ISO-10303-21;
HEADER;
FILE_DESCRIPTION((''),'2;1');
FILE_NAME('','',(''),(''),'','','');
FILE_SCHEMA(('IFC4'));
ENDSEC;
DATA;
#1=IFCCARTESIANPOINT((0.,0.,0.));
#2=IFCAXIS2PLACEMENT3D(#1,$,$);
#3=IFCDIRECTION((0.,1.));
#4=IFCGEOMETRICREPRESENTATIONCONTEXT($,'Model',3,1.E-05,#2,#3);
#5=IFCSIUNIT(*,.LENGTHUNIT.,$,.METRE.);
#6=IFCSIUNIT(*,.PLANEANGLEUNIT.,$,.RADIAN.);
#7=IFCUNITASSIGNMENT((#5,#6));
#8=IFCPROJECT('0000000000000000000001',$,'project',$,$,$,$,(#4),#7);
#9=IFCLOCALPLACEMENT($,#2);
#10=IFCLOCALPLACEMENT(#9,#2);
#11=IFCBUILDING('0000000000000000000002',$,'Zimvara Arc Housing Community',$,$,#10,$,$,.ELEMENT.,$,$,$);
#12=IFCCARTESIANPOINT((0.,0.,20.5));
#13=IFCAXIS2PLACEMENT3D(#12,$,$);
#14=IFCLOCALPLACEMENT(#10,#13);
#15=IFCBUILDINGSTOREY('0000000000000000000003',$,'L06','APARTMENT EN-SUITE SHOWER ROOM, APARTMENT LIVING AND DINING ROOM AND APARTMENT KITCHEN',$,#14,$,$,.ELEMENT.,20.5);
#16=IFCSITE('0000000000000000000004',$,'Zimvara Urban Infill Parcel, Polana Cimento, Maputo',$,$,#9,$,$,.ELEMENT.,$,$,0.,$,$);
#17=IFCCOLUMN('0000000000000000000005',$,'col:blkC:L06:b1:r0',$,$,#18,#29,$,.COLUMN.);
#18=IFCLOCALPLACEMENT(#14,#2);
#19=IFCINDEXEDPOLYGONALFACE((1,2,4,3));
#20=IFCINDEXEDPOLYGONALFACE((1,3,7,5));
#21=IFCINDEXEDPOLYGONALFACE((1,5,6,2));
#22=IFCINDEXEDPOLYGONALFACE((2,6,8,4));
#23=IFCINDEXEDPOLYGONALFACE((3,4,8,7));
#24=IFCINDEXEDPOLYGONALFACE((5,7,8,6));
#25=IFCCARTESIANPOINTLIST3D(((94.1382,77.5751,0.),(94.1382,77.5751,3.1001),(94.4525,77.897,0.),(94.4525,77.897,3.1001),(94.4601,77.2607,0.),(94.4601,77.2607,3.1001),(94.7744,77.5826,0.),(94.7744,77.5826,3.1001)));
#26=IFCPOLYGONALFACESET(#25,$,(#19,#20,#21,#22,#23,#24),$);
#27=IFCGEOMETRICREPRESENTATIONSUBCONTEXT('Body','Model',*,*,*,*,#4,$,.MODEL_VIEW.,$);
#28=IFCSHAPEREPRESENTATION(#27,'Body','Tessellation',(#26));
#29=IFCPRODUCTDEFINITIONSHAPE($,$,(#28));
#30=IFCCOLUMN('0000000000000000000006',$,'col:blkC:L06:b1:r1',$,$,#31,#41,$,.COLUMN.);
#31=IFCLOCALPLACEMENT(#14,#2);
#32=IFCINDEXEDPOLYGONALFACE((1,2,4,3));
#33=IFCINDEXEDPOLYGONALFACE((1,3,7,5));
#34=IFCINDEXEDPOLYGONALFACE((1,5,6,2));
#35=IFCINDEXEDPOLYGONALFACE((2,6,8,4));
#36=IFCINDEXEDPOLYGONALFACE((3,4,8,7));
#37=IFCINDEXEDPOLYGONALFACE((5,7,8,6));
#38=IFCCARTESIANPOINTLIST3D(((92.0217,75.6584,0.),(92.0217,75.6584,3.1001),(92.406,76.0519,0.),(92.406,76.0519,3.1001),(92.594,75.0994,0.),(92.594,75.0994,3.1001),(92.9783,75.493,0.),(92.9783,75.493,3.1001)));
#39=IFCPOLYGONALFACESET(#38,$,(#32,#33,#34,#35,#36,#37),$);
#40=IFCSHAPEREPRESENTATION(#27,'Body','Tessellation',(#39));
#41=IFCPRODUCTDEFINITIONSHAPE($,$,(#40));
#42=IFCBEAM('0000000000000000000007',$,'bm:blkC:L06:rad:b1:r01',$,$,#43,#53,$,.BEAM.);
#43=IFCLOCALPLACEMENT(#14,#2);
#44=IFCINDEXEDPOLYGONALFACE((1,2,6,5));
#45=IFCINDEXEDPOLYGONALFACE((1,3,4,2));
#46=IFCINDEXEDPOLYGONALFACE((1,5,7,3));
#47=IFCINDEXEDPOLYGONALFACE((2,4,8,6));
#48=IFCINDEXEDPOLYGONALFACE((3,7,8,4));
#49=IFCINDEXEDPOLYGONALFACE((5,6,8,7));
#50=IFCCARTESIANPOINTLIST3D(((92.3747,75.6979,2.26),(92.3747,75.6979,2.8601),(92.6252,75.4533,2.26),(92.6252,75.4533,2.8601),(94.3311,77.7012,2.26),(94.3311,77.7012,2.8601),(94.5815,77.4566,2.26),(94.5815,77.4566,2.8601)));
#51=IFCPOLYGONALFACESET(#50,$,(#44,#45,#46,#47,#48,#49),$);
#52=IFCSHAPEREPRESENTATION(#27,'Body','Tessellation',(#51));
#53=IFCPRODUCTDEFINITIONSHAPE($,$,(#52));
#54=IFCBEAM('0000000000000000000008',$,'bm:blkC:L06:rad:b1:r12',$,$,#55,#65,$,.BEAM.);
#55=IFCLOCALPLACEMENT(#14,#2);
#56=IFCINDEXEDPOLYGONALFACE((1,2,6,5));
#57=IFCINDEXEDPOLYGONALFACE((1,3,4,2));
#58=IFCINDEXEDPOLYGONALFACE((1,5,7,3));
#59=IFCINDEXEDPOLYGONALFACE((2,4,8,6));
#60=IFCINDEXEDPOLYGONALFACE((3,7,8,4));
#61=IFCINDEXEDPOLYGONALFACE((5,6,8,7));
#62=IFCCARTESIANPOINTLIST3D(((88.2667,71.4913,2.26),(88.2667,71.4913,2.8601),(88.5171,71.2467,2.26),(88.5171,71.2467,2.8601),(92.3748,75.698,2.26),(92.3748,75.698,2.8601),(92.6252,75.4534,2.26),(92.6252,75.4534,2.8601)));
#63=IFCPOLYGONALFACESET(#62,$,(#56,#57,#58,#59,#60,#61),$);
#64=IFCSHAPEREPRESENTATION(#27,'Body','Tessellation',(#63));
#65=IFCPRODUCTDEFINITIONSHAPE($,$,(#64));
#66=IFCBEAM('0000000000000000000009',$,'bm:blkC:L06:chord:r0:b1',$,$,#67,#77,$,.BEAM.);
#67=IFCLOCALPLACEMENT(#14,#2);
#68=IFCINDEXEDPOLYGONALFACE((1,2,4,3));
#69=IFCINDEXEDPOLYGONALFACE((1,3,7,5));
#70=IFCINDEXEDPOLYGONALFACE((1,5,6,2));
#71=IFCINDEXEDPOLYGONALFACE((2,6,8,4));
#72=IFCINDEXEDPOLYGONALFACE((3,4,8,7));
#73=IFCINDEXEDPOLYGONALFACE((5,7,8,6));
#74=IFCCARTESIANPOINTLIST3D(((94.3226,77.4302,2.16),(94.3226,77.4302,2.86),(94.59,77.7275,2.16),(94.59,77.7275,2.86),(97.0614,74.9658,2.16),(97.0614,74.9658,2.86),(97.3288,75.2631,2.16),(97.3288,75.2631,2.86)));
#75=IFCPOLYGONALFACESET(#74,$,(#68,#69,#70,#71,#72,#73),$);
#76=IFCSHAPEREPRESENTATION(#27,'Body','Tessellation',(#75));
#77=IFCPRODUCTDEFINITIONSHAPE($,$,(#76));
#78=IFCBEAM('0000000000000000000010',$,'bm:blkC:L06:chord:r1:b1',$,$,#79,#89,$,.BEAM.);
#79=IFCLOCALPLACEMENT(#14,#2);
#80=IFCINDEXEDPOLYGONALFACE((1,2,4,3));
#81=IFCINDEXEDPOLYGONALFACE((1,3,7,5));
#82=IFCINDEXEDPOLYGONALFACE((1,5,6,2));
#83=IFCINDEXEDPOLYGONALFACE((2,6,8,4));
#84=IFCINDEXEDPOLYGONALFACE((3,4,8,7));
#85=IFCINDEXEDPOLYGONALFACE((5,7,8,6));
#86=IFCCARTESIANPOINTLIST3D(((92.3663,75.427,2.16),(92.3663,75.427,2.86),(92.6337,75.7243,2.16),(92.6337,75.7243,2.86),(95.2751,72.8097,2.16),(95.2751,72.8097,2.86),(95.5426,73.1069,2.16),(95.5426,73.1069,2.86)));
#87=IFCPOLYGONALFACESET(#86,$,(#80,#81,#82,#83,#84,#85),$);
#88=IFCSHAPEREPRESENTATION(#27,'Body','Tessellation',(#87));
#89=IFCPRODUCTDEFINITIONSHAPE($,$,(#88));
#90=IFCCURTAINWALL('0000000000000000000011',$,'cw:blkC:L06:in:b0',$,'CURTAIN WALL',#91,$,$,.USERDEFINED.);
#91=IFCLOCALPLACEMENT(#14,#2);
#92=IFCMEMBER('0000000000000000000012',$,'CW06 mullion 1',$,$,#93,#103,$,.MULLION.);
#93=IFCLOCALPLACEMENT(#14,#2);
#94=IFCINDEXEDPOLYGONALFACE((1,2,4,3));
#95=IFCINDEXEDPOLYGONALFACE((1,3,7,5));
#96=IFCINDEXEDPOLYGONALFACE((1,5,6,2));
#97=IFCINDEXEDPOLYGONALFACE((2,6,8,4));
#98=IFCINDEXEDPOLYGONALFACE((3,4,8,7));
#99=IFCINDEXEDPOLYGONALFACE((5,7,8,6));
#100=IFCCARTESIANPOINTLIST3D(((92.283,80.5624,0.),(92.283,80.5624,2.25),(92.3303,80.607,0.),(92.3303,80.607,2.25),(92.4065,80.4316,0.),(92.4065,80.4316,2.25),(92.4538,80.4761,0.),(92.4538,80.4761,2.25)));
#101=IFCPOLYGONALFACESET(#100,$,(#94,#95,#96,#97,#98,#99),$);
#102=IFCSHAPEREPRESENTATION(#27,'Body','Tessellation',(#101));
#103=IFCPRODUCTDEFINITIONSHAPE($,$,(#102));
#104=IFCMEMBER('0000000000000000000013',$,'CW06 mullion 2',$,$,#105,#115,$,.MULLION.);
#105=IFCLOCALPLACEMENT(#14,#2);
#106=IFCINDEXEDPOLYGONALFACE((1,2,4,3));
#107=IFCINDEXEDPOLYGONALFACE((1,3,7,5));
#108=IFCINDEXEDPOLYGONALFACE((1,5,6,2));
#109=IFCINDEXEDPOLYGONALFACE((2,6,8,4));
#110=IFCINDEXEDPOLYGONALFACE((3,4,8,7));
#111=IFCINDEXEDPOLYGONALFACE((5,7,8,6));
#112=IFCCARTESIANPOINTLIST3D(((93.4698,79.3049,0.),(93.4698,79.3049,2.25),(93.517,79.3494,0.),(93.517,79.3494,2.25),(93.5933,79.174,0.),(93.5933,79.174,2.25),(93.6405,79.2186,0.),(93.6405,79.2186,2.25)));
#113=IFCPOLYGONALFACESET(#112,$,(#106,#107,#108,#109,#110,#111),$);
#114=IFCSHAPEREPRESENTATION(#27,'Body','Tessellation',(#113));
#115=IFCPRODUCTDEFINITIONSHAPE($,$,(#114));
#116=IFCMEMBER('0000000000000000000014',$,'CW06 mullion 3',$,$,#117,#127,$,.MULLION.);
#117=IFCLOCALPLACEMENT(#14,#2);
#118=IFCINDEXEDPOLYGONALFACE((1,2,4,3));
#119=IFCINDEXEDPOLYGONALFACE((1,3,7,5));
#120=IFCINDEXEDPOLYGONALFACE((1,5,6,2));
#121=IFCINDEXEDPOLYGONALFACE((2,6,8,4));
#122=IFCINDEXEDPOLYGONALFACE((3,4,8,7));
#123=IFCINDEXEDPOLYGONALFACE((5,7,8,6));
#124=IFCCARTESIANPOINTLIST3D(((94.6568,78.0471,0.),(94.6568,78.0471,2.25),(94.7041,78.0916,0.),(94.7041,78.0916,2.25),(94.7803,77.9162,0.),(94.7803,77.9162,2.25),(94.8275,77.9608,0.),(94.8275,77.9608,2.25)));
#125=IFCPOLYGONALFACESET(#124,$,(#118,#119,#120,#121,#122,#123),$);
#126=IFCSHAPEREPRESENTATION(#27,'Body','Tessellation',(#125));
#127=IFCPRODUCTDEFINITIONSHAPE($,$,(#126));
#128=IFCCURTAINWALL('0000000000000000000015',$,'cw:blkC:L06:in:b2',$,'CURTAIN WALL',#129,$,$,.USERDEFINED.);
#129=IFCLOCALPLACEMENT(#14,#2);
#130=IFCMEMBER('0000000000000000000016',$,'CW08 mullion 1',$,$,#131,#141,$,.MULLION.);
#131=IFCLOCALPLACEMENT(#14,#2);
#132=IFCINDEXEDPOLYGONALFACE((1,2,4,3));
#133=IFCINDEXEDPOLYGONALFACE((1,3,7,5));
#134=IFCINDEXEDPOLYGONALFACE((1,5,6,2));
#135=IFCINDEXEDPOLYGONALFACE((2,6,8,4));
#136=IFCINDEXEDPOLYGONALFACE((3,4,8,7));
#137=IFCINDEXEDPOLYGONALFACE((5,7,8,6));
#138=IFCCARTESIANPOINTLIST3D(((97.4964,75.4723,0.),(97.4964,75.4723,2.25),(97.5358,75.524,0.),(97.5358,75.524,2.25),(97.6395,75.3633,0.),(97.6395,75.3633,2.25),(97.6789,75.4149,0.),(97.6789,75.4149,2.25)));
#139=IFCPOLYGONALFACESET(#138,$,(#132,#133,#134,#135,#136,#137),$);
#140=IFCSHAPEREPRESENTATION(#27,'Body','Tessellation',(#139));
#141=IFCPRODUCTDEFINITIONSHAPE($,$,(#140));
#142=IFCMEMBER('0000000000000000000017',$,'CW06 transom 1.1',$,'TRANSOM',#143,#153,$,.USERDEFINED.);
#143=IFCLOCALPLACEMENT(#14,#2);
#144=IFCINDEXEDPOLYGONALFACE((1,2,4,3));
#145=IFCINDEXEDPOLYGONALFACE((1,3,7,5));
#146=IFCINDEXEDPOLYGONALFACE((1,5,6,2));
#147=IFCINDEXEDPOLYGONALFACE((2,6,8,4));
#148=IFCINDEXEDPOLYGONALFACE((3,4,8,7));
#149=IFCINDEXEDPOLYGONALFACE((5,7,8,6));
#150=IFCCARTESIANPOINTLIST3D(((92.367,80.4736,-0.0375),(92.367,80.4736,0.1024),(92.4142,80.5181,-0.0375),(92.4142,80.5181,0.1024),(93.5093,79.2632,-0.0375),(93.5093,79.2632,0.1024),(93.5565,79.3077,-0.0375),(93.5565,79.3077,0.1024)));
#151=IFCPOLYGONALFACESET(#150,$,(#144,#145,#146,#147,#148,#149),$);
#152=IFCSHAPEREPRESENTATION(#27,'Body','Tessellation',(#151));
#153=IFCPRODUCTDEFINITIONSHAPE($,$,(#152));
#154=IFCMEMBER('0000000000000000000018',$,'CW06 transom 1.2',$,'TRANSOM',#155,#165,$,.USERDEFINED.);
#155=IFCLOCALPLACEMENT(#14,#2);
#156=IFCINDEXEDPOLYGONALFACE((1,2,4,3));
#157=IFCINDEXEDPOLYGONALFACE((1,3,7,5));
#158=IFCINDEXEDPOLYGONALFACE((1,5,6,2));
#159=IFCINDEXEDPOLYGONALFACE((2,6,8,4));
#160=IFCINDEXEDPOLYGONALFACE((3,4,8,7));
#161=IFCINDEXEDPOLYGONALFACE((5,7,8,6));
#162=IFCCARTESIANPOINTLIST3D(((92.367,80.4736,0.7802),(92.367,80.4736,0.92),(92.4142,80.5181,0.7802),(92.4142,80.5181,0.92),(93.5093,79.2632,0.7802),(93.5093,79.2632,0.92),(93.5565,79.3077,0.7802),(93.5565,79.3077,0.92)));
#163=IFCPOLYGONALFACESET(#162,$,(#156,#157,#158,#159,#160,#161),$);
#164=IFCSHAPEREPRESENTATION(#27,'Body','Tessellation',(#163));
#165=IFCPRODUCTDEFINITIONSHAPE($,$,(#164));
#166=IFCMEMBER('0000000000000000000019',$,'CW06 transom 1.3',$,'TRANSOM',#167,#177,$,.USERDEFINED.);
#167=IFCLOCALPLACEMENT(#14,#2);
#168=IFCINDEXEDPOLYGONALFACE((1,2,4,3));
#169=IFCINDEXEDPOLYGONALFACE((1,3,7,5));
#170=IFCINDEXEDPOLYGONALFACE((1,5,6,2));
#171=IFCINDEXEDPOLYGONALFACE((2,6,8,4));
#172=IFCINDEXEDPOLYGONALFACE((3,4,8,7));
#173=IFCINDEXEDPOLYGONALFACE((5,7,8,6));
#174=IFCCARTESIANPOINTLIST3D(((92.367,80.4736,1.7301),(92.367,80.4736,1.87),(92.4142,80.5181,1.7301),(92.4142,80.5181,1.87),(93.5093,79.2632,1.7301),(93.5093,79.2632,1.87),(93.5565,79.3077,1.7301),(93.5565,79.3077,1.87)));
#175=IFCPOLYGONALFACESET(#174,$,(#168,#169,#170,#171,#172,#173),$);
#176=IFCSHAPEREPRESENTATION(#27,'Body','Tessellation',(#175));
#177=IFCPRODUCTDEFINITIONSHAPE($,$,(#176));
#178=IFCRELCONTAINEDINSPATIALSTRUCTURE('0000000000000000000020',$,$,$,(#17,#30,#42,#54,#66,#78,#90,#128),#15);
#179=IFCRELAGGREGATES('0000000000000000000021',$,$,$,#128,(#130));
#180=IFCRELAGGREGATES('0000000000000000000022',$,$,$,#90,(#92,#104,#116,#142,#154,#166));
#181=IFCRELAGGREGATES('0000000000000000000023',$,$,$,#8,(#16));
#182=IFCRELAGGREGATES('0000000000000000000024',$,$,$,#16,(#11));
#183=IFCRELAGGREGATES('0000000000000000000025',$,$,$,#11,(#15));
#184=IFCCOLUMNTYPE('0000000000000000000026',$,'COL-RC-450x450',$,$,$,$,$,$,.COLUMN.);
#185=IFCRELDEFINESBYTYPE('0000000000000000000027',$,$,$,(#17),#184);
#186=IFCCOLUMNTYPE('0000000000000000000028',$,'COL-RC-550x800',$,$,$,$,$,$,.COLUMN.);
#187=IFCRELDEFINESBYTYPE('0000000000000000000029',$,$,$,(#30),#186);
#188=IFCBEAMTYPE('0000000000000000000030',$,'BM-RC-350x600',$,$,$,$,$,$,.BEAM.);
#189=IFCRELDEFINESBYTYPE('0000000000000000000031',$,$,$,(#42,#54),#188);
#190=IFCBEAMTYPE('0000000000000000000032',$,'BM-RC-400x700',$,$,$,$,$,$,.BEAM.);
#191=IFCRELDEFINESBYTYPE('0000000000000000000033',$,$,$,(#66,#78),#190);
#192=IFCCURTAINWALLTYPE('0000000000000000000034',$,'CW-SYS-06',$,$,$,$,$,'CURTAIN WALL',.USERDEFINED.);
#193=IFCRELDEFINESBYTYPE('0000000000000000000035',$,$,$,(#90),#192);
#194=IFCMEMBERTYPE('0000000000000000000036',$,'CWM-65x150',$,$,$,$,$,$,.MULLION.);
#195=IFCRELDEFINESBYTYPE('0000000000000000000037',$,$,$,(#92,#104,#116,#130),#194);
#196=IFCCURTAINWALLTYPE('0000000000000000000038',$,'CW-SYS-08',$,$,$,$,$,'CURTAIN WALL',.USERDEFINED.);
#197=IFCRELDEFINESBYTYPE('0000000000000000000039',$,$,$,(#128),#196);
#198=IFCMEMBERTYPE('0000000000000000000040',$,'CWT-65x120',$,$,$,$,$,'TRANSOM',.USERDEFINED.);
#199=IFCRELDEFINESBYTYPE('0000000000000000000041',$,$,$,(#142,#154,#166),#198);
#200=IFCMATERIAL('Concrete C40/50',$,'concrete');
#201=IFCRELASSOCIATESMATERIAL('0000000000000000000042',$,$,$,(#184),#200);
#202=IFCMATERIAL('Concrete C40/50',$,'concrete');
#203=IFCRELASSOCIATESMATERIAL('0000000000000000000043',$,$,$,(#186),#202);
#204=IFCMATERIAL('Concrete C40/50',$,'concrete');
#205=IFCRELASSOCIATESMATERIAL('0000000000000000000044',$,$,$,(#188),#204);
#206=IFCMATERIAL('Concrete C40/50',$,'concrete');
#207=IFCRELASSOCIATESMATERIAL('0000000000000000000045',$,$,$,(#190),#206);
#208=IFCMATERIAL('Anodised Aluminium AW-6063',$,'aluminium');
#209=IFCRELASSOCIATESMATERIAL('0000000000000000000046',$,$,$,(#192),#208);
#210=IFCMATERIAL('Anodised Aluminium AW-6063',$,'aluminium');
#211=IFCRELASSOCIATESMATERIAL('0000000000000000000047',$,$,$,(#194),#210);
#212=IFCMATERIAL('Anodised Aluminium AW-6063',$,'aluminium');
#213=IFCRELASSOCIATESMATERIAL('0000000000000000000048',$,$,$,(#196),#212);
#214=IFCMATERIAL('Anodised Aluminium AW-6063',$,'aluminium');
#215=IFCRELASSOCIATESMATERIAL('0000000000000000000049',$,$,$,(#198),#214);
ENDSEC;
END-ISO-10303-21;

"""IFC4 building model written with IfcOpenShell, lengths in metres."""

from ifc_helpers import new_model, si_unit, direction, frame, origin, origin_2d, place, context, subcontext, project, spatial, rectangle, extrude, material, material_profile, profile_set, type_object, element, aggregate, save


model = new_model("IFC4")

# Units and contexts
model_context = context("Model", 3, precision=1e-05, world=origin(), true_north=direction((0.0, 1.0)))
body_context = subcontext(model_context, "Body", "Model", "MODEL_VIEW")
ifc_project = project(units=[si_unit("LENGTHUNIT", "METRE"), si_unit("PLANEANGLEUNIT", "RADIAN")], contexts=[model_context])

# Site, building, storey
site_placement = place(None, origin())
site = spatial("IfcSite", under=ifc_project, at=site_placement, Name="Zimvara Urban Infill Parcel, Polana Cimento, Maputo", CompositionType="ELEMENT", RefElevation=0.0)
building_placement = place(site_placement, origin())
building = spatial("IfcBuilding", under=site, at=building_placement, Name="Zimvara Arc Housing Community", CompositionType="ELEMENT")
storey_placement = place(building_placement, frame((0.0, 0.0, 20.5)))
storey = spatial("IfcBuildingStorey", under=building, at=storey_placement, Name="L06", Description="APARTMENT EN-SUITE SHOWER ROOM, APARTMENT LIVING AND DINING ROOM AND APARTMENT KITCHEN", CompositionType="ELEMENT", Elevation=20.5)

# Columns
ifc_material_1 = material(Name="Concrete C40/50", Category="concrete")
ifc_material_profile_1 = material_profile(ifc_material_1, rectangle(XDim=0.45, YDim=0.45, at=origin_2d()), Name="RC 450x450")
ifc_profile_set_1 = profile_set([ifc_material_profile_1], Name="Concrete C40/50")
column_type_1 = type_object("IfcColumnType", Name="COL-RC-450x450", PredefinedType="COLUMN", material=ifc_profile_set_1)
column_1_placement = place(storey_placement, frame((94.4563, 77.5789, 0.0), z_axis=(0.0, 0.0, 1.0), x_axis=(-0.698665, -0.715449, 0.0)))
element("IfcColumn", 1, at=column_1_placement, inside=storey, type_object=column_type_1, Name="col:blkC:L06:b1:r0", PredefinedType="COLUMN", context=body_context, shape_type="SweptSolid", body=[
    extrude(rectangle(XDim=0.45, YDim=0.45, at=origin_2d()), origin(), (0.0, 0.0, 1.0), 3.1001),
])
ifc_material_2 = material(Name="Concrete C40/50", Category="concrete")
ifc_material_profile_2 = material_profile(ifc_material_2, rectangle(XDim=0.55, YDim=0.8, at=origin_2d()), Name="RC 550x800")
ifc_profile_set_2 = profile_set([ifc_material_profile_2], Name="Concrete C40/50")
column_type_2 = type_object("IfcColumnType", Name="COL-RC-550x800", PredefinedType="COLUMN", material=ifc_profile_set_2)
column_2_placement = place(storey_placement, frame((92.5, 75.5757, 0.0), z_axis=(0.0, 0.0, 1.0), x_axis=(-0.698665, -0.715449, 0.0)))
element("IfcColumn", 2, at=column_2_placement, inside=storey, type_object=column_type_2, Name="col:blkC:L06:b1:r1", PredefinedType="COLUMN", context=body_context, shape_type="SweptSolid", body=[
    extrude(rectangle(XDim=0.55, YDim=0.8, at=origin_2d()), origin(), (0.0, 0.0, 1.0), 3.1001),
])

# Beams
ifc_material_3 = material(Name="Concrete C40/50", Category="concrete")
ifc_material_profile_3 = material_profile(ifc_material_3, rectangle(XDim=0.3501, YDim=0.6001, at=origin_2d()), Name="RC 350x600")
ifc_profile_set_3 = profile_set([ifc_material_profile_3], Name="Concrete C40/50")
beam_type_1 = type_object("IfcBeamType", Name="BM-RC-350x600", PredefinedType="BEAM", material=ifc_profile_set_3)
beam_1_placement = place(storey_placement, frame((94.4563, 77.5789, 2.5601), z_axis=(-0.698687, -0.715428, 0.0), x_axis=(0.715428, -0.698687, 0.0)))
element("IfcBeam", 3, at=beam_1_placement, inside=storey, type_object=beam_type_1, Name="bm:blkC:L06:rad:b1:r01", PredefinedType="BEAM", context=body_context, shape_type="SweptSolid", body=[
    extrude(rectangle(XDim=0.3501, YDim=0.6001, at=origin_2d()), origin(), (0.0, 0.0, 1.0), 2.8),
])
beam_2_placement = place(storey_placement, frame((92.5, 75.5757, 2.5601), z_axis=(-0.69867, -0.715444, 0.0), x_axis=(0.715444, -0.69867, 0.0)))
element("IfcBeam", 4, at=beam_2_placement, inside=storey, type_object=beam_type_1, Name="bm:blkC:L06:rad:b1:r12", PredefinedType="BEAM", context=body_context, shape_type="SweptSolid", body=[
    extrude(rectangle(XDim=0.3501, YDim=0.6001, at=origin_2d()), origin(), (0.0, 0.0, 1.0), 5.8799),
])
ifc_material_4 = material(Name="Concrete C40/50", Category="concrete")
ifc_material_profile_4 = material_profile(ifc_material_4, rectangle(XDim=0.3999, YDim=0.7, at=origin_2d()), Name="RC 400x700")
ifc_profile_set_4 = profile_set([ifc_material_profile_4], Name="Concrete C40/50")
beam_type_2 = type_object("IfcBeamType", Name="BM-RC-400x700", PredefinedType="BEAM", material=ifc_profile_set_4)
beam_3_placement = place(storey_placement, frame((94.4563, 77.5789, 2.51), z_axis=(0.743367, -0.668884, 0.0), x_axis=(0.668884, 0.743367, 0.0)))
element("IfcBeam", 5, at=beam_3_placement, inside=storey, type_object=beam_type_2, Name="bm:blkC:L06:chord:r0:b1", PredefinedType="BEAM", context=body_context, shape_type="SweptSolid", body=[
    extrude(rectangle(XDim=0.3999, YDim=0.7, at=origin_2d()), origin(), (0.0, 0.0, 1.0), 3.6843),
])
beam_4_placement = place(storey_placement, frame((92.5, 75.5757, 2.51), z_axis=(0.743372, -0.668879, 0.0), x_axis=(0.668879, 0.743372, 0.0)))
element("IfcBeam", 6, at=beam_4_placement, inside=storey, type_object=beam_type_2, Name="bm:blkC:L06:chord:r1:b1", PredefinedType="BEAM", context=body_context, shape_type="SweptSolid", body=[
    extrude(rectangle(XDim=0.3999, YDim=0.7, at=origin_2d()), origin(), (0.0, 0.0, 1.0), 3.9131),
])

# Curtain wall, members
ifc_material_5 = material(Name="Anodised Aluminium AW-6063", Category="aluminium")
curtain_wall_type_1 = type_object("IfcCurtainWallType", Name="CW-SYS-06", ElementType="CURTAIN WALL", PredefinedType="USERDEFINED", material=ifc_material_5)
curtain_wall_1_placement = place(storey_placement, origin())
curtain_wall_1 = element("IfcCurtainWall", 7, at=curtain_wall_1_placement, inside=storey, type_object=curtain_wall_type_1, Name="cw:blkC:L06:in:b0", ObjectType="CURTAIN WALL", PredefinedType="USERDEFINED")
ifc_material_6 = material(Name="Anodised Aluminium AW-6063", Category="aluminium")
ifc_material_profile_5 = material_profile(ifc_material_6, rectangle(XDim=0.0649, YDim=0.1799, at=origin_2d()), Name="ALU 65x180")
ifc_profile_set_5 = profile_set([ifc_material_profile_5], Name="Anodised Aluminium AW-6063")
member_type_1 = type_object("IfcMemberType", Name="CWM-65x150", PredefinedType="MULLION", material=ifc_profile_set_5)
member_1_placement = place(storey_placement, frame((92.3684, 80.5193, 0.0), z_axis=(0.0, 0.0, 1.0), x_axis=(0.727293, 0.686327, 0.0)))
member_1 = element("IfcMember", 8, at=member_1_placement, type_object=member_type_1, Name="CW06 mullion 1", PredefinedType="MULLION", context=body_context, shape_type="SweptSolid", body=[
    extrude(rectangle(XDim=0.0649, YDim=0.1799, at=origin_2d()), origin(), (0.0, 0.0, 1.0), 2.25),
])
member_2_placement = place(storey_placement, frame((93.5552, 79.2617, 0.0), z_axis=(0.0, 0.0, 1.0), x_axis=(0.727293, 0.686327, 0.0)))
member_2 = element("IfcMember", 9, at=member_2_placement, type_object=member_type_1, Name="CW06 mullion 2", PredefinedType="MULLION", context=body_context, shape_type="SweptSolid", body=[
    extrude(rectangle(XDim=0.0649, YDim=0.1799, at=origin_2d()), origin(), (0.0, 0.0, 1.0), 2.25),
])
member_3_placement = place(storey_placement, frame((94.7422, 78.0039, 0.0), z_axis=(0.0, 0.0, 1.0), x_axis=(0.727293, 0.686327, 0.0)))
member_3 = element("IfcMember", 10, at=member_3_placement, type_object=member_type_1, Name="CW06 mullion 3", PredefinedType="MULLION", context=body_context, shape_type="SweptSolid", body=[
    extrude(rectangle(XDim=0.0649, YDim=0.1799, at=origin_2d()), origin(), (0.0, 0.0, 1.0), 2.25),
])

# Curtain wall, member
ifc_material_7 = material(Name="Anodised Aluminium AW-6063", Category="aluminium")
curtain_wall_type_2 = type_object("IfcCurtainWallType", Name="CW-SYS-08", ElementType="CURTAIN WALL", PredefinedType="USERDEFINED", material=ifc_material_7)
curtain_wall_2_placement = place(storey_placement, origin())
curtain_wall_2 = element("IfcCurtainWall", 11, at=curtain_wall_2_placement, inside=storey, type_object=curtain_wall_type_2, Name="cw:blkC:L06:in:b2", ObjectType="CURTAIN WALL", PredefinedType="USERDEFINED")
member_4_placement = place(storey_placement, frame((97.5876, 75.4436, 0.0), z_axis=(0.0, 0.0, 1.0), x_axis=(0.605988, 0.795474, 0.0)))
member_4 = element("IfcMember", 12, at=member_4_placement, type_object=member_type_1, Name="CW08 mullion 1", PredefinedType="MULLION", context=body_context, shape_type="SweptSolid", body=[
    extrude(rectangle(XDim=0.0649, YDim=0.1799, at=origin_2d()), origin(), (0.0, 0.0, 1.0), 2.25),
])

# Members
ifc_material_8 = material(Name="Anodised Aluminium AW-6063", Category="aluminium")
ifc_material_profile_6 = material_profile(ifc_material_8, rectangle(XDim=0.0649, YDim=0.1399, at=origin_2d()), Name="ALU 65x140")
ifc_profile_set_6 = profile_set([ifc_material_profile_6], Name="Anodised Aluminium AW-6063")
member_type_2 = type_object("IfcMemberType", Name="CWT-65x120", ElementType="TRANSOM", PredefinedType="USERDEFINED", material=ifc_profile_set_6)
member_5_placement = place(storey_placement, frame((92.3906, 80.4958, 0.0325), z_axis=(0.686348, -0.727273, 0.0), x_axis=(0.727273, 0.686348, 0.0)))
member_5 = element("IfcMember", 13, at=member_5_placement, type_object=member_type_2, Name="CW06 transom 1.1", ObjectType="TRANSOM", PredefinedType="USERDEFINED", context=body_context, shape_type="SweptSolid", body=[
    extrude(rectangle(XDim=0.0649, YDim=0.1399, at=origin_2d()), origin(), (0.0, 0.0, 1.0), 1.6643),
])
member_6_placement = place(storey_placement, frame((92.3906, 80.4958, 0.8501), z_axis=(0.686348, -0.727273, 0.0), x_axis=(0.727273, 0.686348, 0.0)))
member_6 = element("IfcMember", 14, at=member_6_placement, type_object=member_type_2, Name="CW06 transom 1.2", ObjectType="TRANSOM", PredefinedType="USERDEFINED", context=body_context, shape_type="SweptSolid", body=[
    extrude(rectangle(XDim=0.0649, YDim=0.1399, at=origin_2d()), origin(), (0.0, 0.0, 1.0), 1.6643),
])
member_7_placement = place(storey_placement, frame((92.3906, 80.4958, 1.8), z_axis=(0.686348, -0.727273, 0.0), x_axis=(0.727273, 0.686348, 0.0)))
member_7 = element("IfcMember", 15, at=member_7_placement, type_object=member_type_2, Name="CW06 transom 1.3", ObjectType="TRANSOM", PredefinedType="USERDEFINED", context=body_context, shape_type="SweptSolid", body=[
    extrude(rectangle(XDim=0.0649, YDim=0.1399, at=origin_2d()), origin(), (0.0, 0.0, 1.0), 1.6643),
])
aggregate(curtain_wall_2, [member_4])

aggregate(curtain_wall_1, [member_1, member_2, member_3, member_5, member_6, member_7])

save(model, "model.ifc")
